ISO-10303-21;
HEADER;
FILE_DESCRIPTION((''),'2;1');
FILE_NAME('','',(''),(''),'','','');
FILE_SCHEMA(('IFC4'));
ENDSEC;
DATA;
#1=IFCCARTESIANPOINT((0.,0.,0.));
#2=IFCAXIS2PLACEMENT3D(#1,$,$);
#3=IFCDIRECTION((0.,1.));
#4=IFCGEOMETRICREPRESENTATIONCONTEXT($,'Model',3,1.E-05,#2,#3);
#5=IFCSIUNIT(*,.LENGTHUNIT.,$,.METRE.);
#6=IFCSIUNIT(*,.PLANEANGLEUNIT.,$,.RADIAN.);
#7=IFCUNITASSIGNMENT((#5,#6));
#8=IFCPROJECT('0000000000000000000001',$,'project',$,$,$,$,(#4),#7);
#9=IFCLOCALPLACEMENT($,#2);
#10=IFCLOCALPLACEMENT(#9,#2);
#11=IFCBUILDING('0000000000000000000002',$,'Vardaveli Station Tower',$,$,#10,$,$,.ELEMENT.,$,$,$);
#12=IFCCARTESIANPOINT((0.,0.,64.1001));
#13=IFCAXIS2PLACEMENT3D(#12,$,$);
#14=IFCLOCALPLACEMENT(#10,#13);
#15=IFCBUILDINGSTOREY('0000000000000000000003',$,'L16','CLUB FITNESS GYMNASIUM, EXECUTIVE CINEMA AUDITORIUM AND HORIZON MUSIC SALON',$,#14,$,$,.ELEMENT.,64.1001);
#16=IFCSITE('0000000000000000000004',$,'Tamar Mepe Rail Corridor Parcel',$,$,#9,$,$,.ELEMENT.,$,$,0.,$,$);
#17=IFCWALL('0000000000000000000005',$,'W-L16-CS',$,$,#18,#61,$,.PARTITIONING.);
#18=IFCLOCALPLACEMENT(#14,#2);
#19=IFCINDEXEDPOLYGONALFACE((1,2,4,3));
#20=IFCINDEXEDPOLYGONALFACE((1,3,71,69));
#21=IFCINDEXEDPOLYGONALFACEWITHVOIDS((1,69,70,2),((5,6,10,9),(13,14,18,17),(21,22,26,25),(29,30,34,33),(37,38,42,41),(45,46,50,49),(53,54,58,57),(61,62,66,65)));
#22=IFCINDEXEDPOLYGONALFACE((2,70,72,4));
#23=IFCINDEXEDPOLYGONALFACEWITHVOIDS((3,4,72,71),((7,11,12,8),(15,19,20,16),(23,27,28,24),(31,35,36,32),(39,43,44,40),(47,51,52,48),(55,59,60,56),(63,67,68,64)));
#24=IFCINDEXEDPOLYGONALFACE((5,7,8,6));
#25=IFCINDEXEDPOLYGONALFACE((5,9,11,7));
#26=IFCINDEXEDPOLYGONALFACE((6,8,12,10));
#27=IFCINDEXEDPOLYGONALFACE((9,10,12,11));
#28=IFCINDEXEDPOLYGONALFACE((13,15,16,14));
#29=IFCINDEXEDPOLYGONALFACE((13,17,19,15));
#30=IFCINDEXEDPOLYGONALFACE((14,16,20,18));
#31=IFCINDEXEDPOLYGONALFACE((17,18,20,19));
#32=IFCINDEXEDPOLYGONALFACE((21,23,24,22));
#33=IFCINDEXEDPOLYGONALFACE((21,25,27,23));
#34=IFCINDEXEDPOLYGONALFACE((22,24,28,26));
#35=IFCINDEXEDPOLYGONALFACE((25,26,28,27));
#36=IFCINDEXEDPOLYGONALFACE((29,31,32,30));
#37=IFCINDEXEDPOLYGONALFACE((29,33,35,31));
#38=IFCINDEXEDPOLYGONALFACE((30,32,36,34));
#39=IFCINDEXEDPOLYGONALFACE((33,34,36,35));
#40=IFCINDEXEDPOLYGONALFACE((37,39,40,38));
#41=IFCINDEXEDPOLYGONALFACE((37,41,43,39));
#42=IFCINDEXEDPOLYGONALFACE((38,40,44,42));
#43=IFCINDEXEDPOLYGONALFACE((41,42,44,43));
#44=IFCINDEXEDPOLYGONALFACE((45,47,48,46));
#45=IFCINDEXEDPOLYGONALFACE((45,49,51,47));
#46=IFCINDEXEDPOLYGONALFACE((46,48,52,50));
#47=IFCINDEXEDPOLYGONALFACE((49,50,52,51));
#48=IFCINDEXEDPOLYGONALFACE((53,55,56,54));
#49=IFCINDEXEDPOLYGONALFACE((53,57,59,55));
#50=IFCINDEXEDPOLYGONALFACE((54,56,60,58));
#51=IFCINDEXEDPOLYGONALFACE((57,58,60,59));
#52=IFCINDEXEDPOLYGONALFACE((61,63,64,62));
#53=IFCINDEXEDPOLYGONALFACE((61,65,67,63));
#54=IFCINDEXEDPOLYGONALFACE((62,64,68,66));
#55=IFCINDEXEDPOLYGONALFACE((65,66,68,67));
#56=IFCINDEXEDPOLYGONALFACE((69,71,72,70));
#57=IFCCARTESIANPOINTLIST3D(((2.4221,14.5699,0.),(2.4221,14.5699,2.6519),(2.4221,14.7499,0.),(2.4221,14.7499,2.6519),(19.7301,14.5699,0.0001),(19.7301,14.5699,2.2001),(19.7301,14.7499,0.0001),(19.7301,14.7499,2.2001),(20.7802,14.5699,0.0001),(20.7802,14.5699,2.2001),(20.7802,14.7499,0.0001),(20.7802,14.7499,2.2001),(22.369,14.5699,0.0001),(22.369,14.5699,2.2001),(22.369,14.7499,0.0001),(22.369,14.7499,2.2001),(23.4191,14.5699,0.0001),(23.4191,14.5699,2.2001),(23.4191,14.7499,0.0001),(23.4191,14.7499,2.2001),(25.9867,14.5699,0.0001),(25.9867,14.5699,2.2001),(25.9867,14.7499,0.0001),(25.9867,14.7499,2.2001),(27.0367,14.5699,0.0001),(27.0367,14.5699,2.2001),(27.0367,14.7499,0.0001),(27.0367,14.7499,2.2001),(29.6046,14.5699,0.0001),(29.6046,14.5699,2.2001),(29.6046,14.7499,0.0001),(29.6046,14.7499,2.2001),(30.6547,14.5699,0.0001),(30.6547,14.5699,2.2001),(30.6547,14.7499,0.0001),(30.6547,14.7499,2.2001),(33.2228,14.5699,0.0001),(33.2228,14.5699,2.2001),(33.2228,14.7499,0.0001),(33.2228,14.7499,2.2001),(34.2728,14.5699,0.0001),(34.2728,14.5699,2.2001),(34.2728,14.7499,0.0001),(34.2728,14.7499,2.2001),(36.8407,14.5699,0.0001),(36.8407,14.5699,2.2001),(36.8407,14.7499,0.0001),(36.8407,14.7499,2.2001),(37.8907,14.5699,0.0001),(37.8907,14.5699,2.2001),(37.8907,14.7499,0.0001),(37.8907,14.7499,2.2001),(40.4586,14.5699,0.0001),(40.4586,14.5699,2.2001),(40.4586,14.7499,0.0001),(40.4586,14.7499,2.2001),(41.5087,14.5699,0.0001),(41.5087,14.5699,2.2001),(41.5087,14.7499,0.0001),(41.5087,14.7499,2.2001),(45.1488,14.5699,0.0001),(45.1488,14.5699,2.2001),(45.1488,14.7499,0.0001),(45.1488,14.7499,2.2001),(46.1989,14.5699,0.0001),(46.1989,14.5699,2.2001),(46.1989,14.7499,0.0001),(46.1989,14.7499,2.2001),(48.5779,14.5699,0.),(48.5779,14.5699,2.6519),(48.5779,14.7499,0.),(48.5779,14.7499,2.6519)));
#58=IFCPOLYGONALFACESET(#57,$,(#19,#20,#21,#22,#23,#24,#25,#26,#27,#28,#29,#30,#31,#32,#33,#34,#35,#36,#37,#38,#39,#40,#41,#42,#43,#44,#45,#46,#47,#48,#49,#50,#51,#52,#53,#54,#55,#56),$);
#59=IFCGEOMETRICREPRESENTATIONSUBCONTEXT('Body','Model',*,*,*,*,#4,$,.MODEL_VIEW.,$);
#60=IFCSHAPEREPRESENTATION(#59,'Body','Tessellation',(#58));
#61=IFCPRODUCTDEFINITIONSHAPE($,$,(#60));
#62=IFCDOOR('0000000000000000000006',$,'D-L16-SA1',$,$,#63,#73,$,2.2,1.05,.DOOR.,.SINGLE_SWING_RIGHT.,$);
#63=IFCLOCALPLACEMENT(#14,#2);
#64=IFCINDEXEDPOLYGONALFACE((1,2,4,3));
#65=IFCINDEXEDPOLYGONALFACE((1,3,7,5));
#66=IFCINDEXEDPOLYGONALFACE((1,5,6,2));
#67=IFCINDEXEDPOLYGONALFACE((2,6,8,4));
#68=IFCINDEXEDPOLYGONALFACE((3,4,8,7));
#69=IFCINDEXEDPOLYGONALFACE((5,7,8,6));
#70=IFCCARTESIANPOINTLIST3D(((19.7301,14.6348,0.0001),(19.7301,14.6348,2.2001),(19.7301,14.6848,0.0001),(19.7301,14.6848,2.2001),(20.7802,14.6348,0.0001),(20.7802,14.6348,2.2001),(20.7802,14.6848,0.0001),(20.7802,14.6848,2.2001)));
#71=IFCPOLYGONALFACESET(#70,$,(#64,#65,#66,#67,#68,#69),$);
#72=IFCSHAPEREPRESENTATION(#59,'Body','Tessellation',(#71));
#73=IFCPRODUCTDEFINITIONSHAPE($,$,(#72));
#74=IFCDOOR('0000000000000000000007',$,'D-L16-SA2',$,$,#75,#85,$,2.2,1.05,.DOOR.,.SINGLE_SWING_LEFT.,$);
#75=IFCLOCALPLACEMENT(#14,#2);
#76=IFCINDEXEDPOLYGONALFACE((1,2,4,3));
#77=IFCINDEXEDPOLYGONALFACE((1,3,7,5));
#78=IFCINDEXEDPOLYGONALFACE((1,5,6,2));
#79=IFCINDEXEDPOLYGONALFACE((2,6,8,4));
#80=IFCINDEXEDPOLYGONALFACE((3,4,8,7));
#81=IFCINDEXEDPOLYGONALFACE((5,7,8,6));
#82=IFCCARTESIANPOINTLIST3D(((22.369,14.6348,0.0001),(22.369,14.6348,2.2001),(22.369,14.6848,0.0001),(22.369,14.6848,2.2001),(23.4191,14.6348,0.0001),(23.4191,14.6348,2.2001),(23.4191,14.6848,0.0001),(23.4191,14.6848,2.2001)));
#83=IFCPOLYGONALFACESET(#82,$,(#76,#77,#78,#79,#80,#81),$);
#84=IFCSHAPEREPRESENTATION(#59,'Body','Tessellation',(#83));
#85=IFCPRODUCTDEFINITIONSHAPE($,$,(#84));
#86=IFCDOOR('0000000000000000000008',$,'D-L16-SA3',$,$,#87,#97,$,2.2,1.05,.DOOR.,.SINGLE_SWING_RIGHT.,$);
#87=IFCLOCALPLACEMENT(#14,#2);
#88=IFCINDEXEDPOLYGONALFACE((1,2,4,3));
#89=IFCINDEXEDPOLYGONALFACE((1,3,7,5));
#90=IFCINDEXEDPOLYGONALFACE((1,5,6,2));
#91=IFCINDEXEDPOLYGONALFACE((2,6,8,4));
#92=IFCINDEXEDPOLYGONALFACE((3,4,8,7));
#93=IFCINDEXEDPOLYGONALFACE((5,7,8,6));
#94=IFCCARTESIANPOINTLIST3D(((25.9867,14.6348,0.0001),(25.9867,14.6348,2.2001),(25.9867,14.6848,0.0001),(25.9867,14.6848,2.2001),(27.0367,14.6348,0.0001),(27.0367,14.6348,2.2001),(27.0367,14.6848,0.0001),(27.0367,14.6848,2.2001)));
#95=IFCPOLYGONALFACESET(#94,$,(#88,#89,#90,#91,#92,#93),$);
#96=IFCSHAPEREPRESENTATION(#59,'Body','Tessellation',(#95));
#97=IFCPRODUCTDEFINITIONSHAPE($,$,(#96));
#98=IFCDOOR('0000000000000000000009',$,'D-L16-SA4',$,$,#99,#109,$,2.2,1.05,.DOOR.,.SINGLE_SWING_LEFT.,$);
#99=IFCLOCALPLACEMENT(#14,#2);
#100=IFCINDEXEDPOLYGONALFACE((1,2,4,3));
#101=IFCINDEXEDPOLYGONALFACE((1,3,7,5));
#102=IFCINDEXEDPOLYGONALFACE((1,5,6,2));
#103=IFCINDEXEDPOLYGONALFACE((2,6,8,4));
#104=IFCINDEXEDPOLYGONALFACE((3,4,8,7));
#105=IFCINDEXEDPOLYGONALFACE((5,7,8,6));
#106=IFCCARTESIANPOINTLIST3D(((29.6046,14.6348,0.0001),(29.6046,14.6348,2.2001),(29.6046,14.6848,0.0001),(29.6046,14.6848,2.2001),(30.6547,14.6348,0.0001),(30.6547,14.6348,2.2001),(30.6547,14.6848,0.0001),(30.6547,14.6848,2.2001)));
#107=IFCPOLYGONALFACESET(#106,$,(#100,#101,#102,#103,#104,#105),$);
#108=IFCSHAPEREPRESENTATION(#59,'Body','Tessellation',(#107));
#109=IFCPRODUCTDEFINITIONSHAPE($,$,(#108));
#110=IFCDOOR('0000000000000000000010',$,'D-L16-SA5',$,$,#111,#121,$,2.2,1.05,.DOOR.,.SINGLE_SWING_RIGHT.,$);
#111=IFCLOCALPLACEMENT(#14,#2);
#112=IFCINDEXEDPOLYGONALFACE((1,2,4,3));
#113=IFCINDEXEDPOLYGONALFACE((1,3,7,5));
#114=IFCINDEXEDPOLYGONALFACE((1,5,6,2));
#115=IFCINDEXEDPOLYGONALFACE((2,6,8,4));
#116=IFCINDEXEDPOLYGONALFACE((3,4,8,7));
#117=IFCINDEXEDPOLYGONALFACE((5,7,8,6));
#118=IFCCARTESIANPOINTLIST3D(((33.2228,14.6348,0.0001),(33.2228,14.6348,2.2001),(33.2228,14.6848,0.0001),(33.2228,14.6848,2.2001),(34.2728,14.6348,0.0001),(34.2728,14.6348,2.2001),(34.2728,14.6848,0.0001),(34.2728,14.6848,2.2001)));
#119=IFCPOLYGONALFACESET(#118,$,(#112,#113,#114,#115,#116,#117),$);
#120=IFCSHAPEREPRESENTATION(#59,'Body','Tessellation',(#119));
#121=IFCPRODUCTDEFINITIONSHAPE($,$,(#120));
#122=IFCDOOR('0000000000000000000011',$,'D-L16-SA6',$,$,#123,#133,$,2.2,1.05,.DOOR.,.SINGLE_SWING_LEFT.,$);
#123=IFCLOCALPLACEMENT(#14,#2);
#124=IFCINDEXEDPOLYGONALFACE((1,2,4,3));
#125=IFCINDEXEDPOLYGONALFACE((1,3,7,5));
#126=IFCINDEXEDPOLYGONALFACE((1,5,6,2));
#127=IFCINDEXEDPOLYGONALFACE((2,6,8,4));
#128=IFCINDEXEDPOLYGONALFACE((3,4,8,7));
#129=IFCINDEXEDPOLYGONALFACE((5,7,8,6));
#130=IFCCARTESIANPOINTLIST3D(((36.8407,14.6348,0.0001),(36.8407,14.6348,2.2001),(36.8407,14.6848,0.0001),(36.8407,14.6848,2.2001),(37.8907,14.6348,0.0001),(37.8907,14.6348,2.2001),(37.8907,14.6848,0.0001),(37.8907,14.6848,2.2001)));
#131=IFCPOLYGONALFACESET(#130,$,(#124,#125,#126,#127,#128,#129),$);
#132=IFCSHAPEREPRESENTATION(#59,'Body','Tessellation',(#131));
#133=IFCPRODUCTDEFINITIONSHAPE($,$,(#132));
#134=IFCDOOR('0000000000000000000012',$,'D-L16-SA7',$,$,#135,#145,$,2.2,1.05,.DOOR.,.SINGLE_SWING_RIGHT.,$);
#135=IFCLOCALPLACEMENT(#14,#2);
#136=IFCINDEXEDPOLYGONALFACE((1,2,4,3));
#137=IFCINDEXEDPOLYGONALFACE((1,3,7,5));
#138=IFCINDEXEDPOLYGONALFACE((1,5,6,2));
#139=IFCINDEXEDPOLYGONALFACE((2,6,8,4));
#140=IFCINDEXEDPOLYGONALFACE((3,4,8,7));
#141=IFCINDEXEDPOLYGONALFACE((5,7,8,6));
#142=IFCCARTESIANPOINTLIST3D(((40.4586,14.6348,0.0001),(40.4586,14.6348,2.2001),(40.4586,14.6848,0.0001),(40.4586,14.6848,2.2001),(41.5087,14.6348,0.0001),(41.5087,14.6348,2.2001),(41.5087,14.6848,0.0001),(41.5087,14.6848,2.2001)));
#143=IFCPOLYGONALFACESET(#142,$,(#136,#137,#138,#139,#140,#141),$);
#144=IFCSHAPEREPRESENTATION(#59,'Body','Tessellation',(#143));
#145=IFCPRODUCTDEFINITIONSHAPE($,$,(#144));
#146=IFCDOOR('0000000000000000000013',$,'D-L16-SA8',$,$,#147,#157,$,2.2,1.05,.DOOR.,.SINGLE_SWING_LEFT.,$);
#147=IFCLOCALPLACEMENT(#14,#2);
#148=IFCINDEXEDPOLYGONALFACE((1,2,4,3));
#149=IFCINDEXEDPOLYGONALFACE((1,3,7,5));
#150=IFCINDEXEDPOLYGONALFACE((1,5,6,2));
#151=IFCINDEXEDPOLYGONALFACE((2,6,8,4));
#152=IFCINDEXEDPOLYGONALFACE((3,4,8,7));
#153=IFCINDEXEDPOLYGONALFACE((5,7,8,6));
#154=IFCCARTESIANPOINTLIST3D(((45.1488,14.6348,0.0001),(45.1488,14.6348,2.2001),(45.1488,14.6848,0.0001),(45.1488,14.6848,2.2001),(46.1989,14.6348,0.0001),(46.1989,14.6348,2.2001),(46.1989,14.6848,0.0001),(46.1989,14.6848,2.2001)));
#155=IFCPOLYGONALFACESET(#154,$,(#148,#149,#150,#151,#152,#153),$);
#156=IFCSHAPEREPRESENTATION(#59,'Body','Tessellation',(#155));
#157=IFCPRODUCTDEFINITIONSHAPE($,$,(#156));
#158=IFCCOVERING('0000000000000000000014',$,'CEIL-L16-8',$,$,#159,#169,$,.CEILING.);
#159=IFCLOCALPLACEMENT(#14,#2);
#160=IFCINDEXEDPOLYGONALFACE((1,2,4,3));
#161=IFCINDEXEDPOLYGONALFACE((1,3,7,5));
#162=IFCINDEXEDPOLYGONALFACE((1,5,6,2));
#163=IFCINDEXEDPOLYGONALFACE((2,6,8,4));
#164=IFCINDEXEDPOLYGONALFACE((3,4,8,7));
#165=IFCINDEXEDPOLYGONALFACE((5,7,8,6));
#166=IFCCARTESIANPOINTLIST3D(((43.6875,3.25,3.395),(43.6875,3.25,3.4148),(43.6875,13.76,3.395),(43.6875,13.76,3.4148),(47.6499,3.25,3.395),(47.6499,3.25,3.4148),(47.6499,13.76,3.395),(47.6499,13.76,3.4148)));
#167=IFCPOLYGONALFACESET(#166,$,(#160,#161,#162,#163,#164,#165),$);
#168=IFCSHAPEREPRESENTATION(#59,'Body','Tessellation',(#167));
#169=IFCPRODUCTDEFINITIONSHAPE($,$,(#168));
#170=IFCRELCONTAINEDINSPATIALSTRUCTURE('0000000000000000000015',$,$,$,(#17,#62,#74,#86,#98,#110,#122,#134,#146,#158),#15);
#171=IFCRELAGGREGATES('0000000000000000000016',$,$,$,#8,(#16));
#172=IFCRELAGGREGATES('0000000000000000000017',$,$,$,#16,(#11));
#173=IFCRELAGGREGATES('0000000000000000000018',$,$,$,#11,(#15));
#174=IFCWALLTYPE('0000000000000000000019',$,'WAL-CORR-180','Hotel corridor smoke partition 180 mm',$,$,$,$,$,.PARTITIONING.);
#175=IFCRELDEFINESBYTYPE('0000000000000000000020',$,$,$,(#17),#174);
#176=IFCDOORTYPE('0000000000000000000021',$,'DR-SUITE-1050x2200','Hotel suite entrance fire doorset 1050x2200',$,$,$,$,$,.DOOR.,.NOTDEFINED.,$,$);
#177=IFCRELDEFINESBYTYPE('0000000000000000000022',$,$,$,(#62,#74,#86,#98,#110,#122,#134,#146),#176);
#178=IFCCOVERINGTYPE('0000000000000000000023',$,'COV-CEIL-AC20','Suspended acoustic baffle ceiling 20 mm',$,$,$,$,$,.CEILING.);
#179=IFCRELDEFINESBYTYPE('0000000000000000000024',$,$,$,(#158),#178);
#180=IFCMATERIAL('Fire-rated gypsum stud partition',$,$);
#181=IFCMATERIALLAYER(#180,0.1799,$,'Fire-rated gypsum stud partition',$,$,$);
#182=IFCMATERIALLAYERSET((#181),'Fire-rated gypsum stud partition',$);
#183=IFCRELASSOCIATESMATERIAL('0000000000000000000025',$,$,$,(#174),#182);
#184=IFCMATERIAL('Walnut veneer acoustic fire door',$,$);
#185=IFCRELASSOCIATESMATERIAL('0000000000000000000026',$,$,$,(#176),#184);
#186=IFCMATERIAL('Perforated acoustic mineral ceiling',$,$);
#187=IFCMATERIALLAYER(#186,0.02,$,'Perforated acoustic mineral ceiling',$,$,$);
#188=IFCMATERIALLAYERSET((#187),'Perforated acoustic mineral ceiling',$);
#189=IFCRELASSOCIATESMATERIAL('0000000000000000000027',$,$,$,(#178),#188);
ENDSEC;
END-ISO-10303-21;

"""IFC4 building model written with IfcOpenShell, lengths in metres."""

from ifc_helpers import new_model, si_unit, direction, frame, frame_2d, origin, place, context, subcontext, project, spatial, polyline, rectangle, outline, extrude, source, transform, mapped, material, layer, layer_set, type_object, element, fill, save


model = new_model("IFC4")

# Units and contexts
model_context = context("Model", 3, precision=1e-05, world=origin(), true_north=direction((0.0, 1.0)))
body_context = subcontext(model_context, "Body", "Model", "MODEL_VIEW")
ifc_project = project(units=[si_unit("LENGTHUNIT", "METRE"), si_unit("PLANEANGLEUNIT", "RADIAN")], contexts=[model_context])

# Site, building, storey
site_placement = place(None, origin())
site = spatial("IfcSite", under=ifc_project, at=site_placement, Name="Tamar Mepe Rail Corridor Parcel", CompositionType="ELEMENT", RefElevation=0.0)
building_placement = place(site_placement, origin())
building = spatial("IfcBuilding", under=site, at=building_placement, Name="Vardaveli Station Tower", CompositionType="ELEMENT")
storey_placement = place(building_placement, frame((0.0, 0.0, 64.1001)))
storey = spatial("IfcBuildingStorey", under=building, at=storey_placement, Name="L16", Description="CLUB FITNESS GYMNASIUM, EXECUTIVE CINEMA AUDITORIUM AND HORIZON MUSIC SALON", CompositionType="ELEMENT", Elevation=64.1001)

# Wall, openings, doors
ifc_material_1 = material(Name="Fire-rated gypsum stud partition")
ifc_layer_1 = layer(ifc_material_1, 0.1799, Name="Fire-rated gypsum stud partition")
ifc_layer_set_1 = layer_set([ifc_layer_1], Name="Fire-rated gypsum stud partition")
wall_type_1 = type_object("IfcWallType", Name="WAL-CORR-180", Description="Hotel corridor smoke partition 180 mm", PredefinedType="PARTITIONING", material=ifc_layer_set_1)
shared_shape_1 = source(origin(), body_context, "Body", "SweptSolid", [
    extrude(rectangle(XDim=46.1558, YDim=0.1799, at=frame_2d((23.0779, 0.0))), origin(), (0.0, 0.0, 1.0), 2.6519),
])
wall_1_placement = place(storey_placement, frame((2.4221, 14.6599, 0.0), z_axis=(0.0, 0.0, 1.0), x_axis=(1.0, 0.0, 0.0)))
wall_1 = element("IfcWall", 1, at=wall_1_placement, inside=storey, type_object=wall_type_1, Name="W-L16-CS", PredefinedType="PARTITIONING", context=body_context, shape_type="MappedRepresentation", body=[
    mapped(shared_shape_1, transform((0.0, 0.0, 0.0), scale=1.0)),
])
shared_shape_2 = source(origin(), body_context, "Body", "SweptSolid", [
    extrude(rectangle(XDim=1.05, YDim=2.2, at=frame_2d((0.5249, 1.1001))), frame((0.0, 0.1001, 0.0), z_axis=(0.0, -1.0, 0.0), x_axis=(1.0, 0.0, 0.0)), (0.0, 0.0, 1.0), 0.2),
])
opening_1_placement = place(wall_1_placement, frame((17.3081, 0.0, 0.0)))
opening_1 = element("IfcOpeningElement", 2, at=opening_1_placement, cuts=wall_1, PredefinedType="OPENING", context=body_context, shape_type="MappedRepresentation", body=[
    mapped(shared_shape_2, transform((0.0, 0.0, 0.0), scale=1.0)),
])
opening_2_placement = place(wall_1_placement, frame((19.947, 0.0, 0.0)))
opening_2 = element("IfcOpeningElement", 3, at=opening_2_placement, cuts=wall_1, PredefinedType="OPENING", context=body_context, shape_type="MappedRepresentation", body=[
    mapped(shared_shape_2, transform((0.0, 0.0, 0.0), scale=1.0)),
])
opening_3_placement = place(wall_1_placement, frame((23.5647, 0.0, 0.0)))
opening_3 = element("IfcOpeningElement", 4, at=opening_3_placement, cuts=wall_1, PredefinedType="OPENING", context=body_context, shape_type="MappedRepresentation", body=[
    mapped(shared_shape_2, transform((0.0, 0.0, 0.0), scale=1.0)),
])
opening_4_placement = place(wall_1_placement, frame((27.1826, 0.0, 0.0)))
opening_4 = element("IfcOpeningElement", 5, at=opening_4_placement, cuts=wall_1, PredefinedType="OPENING", context=body_context, shape_type="MappedRepresentation", body=[
    mapped(shared_shape_2, transform((0.0, 0.0, 0.0), scale=1.0)),
])
opening_5_placement = place(wall_1_placement, frame((30.8008, 0.0, 0.0)))
opening_5 = element("IfcOpeningElement", 6, at=opening_5_placement, cuts=wall_1, PredefinedType="OPENING", context=body_context, shape_type="MappedRepresentation", body=[
    mapped(shared_shape_2, transform((0.0, 0.0, 0.0), scale=1.0)),
])
opening_6_placement = place(wall_1_placement, frame((34.4187, 0.0, 0.0)))
opening_6 = element("IfcOpeningElement", 7, at=opening_6_placement, cuts=wall_1, PredefinedType="OPENING", context=body_context, shape_type="MappedRepresentation", body=[
    mapped(shared_shape_2, transform((0.0, 0.0, 0.0), scale=1.0)),
])
opening_7_placement = place(wall_1_placement, frame((38.0366, 0.0, 0.0)))
opening_7 = element("IfcOpeningElement", 8, at=opening_7_placement, cuts=wall_1, PredefinedType="OPENING", context=body_context, shape_type="MappedRepresentation", body=[
    mapped(shared_shape_2, transform((0.0, 0.0, 0.0), scale=1.0)),
])
opening_8_placement = place(wall_1_placement, frame((42.7268, 0.0, 0.0)))
opening_8 = element("IfcOpeningElement", 9, at=opening_8_placement, cuts=wall_1, PredefinedType="OPENING", context=body_context, shape_type="MappedRepresentation", body=[
    mapped(shared_shape_2, transform((0.0, 0.0, 0.0), scale=1.0)),
])
ifc_material_2 = material(Name="Walnut veneer acoustic fire door")
door_type = type_object("IfcDoorType", Name="DR-SUITE-1050x2200", Description="Hotel suite entrance fire doorset 1050x2200", OperationType="NOTDEFINED", PredefinedType="DOOR", material=ifc_material_2)
shared_shape_3 = source(origin(), body_context, "Body", "SweptSolid", [
    extrude(rectangle(XDim=1.05, YDim=2.2, at=frame_2d((0.5249, 1.1001))), frame((0.0, 0.0249, 0.0), z_axis=(0.0, -1.0, 0.0), x_axis=(1.0, 0.0, 0.0)), (0.0, 0.0, 1.0), 0.05),
])
door_1_placement = place(opening_1_placement, origin())
door_1 = element("IfcDoor", 10, at=door_1_placement, inside=storey, type_object=door_type, Name="D-L16-SA1", OperationType="SINGLE_SWING_RIGHT", OverallHeight=2.2, OverallWidth=1.05, PredefinedType="DOOR", context=body_context, shape_type="MappedRepresentation", body=[
    mapped(shared_shape_3, transform((0.0, 0.0, 0.0), scale=1.0)),
])
fill(opening_1, door_1)
door_2_placement = place(opening_2_placement, origin())
door_2 = element("IfcDoor", 11, at=door_2_placement, inside=storey, type_object=door_type, Name="D-L16-SA2", OperationType="SINGLE_SWING_LEFT", OverallHeight=2.2, OverallWidth=1.05, PredefinedType="DOOR", context=body_context, shape_type="MappedRepresentation", body=[
    mapped(shared_shape_3, transform((0.0, 0.0, 0.0), scale=1.0)),
])
fill(opening_2, door_2)
door_3_placement = place(opening_3_placement, origin())
door_3 = element("IfcDoor", 12, at=door_3_placement, inside=storey, type_object=door_type, Name="D-L16-SA3", OperationType="SINGLE_SWING_RIGHT", OverallHeight=2.2, OverallWidth=1.05, PredefinedType="DOOR", context=body_context, shape_type="MappedRepresentation", body=[
    mapped(shared_shape_3, transform((0.0, 0.0, 0.0), scale=1.0)),
])
fill(opening_3, door_3)
door_4_placement = place(opening_4_placement, origin())
door_4 = element("IfcDoor", 13, at=door_4_placement, inside=storey, type_object=door_type, Name="D-L16-SA4", OperationType="SINGLE_SWING_LEFT", OverallHeight=2.2, OverallWidth=1.05, PredefinedType="DOOR", context=body_context, shape_type="MappedRepresentation", body=[
    mapped(shared_shape_3, transform((0.0, 0.0, 0.0), scale=1.0)),
])
fill(opening_4, door_4)
door_5_placement = place(opening_5_placement, origin())
door_5 = element("IfcDoor", 14, at=door_5_placement, inside=storey, type_object=door_type, Name="D-L16-SA5", OperationType="SINGLE_SWING_RIGHT", OverallHeight=2.2, OverallWidth=1.05, PredefinedType="DOOR", context=body_context, shape_type="MappedRepresentation", body=[
    mapped(shared_shape_3, transform((0.0, 0.0, 0.0), scale=1.0)),
])
fill(opening_5, door_5)
door_6_placement = place(opening_6_placement, origin())
door_6 = element("IfcDoor", 15, at=door_6_placement, inside=storey, type_object=door_type, Name="D-L16-SA6", OperationType="SINGLE_SWING_LEFT", OverallHeight=2.2, OverallWidth=1.05, PredefinedType="DOOR", context=body_context, shape_type="MappedRepresentation", body=[
    mapped(shared_shape_3, transform((0.0, 0.0, 0.0), scale=1.0)),
])
fill(opening_6, door_6)
door_7_placement = place(opening_7_placement, origin())
door_7 = element("IfcDoor", 16, at=door_7_placement, inside=storey, type_object=door_type, Name="D-L16-SA7", OperationType="SINGLE_SWING_RIGHT", OverallHeight=2.2, OverallWidth=1.05, PredefinedType="DOOR", context=body_context, shape_type="MappedRepresentation", body=[
    mapped(shared_shape_3, transform((0.0, 0.0, 0.0), scale=1.0)),
])
fill(opening_7, door_7)
door_8_placement = place(opening_8_placement, origin())
door_8 = element("IfcDoor", 17, at=door_8_placement, inside=storey, type_object=door_type, Name="D-L16-SA8", OperationType="SINGLE_SWING_LEFT", OverallHeight=2.2, OverallWidth=1.05, PredefinedType="DOOR", context=body_context, shape_type="MappedRepresentation", body=[
    mapped(shared_shape_3, transform((0.0, 0.0, 0.0), scale=1.0)),
])
fill(opening_8, door_8)

# Covering
ifc_material_3 = material(Name="Perforated acoustic mineral ceiling")
ifc_layer_2 = layer(ifc_material_3, 0.02, Name="Perforated acoustic mineral ceiling")
ifc_layer_set_2 = layer_set([ifc_layer_2], Name="Perforated acoustic mineral ceiling")
covering_type = type_object("IfcCoveringType", Name="COV-CEIL-AC20", Description="Suspended acoustic baffle ceiling 20 mm", PredefinedType="CEILING", material=ifc_layer_set_2)
covering_1_placement = place(storey_placement, frame((0.0, 0.0, 3.395)))
element("IfcCovering", 18, at=covering_1_placement, inside=storey, type_object=covering_type, Name="CEIL-L16-8", PredefinedType="CEILING", context=body_context, shape_type="SweptSolid", body=[
    extrude(outline(polyline([(43.6875, 3.25), (47.6499, 3.25), (47.6499, 13.76), (43.6875, 13.76), (43.6875, 3.25)])), origin(), (0.0, 0.0, 1.0), 0.0198),
])

save(model, "model.ifc")
